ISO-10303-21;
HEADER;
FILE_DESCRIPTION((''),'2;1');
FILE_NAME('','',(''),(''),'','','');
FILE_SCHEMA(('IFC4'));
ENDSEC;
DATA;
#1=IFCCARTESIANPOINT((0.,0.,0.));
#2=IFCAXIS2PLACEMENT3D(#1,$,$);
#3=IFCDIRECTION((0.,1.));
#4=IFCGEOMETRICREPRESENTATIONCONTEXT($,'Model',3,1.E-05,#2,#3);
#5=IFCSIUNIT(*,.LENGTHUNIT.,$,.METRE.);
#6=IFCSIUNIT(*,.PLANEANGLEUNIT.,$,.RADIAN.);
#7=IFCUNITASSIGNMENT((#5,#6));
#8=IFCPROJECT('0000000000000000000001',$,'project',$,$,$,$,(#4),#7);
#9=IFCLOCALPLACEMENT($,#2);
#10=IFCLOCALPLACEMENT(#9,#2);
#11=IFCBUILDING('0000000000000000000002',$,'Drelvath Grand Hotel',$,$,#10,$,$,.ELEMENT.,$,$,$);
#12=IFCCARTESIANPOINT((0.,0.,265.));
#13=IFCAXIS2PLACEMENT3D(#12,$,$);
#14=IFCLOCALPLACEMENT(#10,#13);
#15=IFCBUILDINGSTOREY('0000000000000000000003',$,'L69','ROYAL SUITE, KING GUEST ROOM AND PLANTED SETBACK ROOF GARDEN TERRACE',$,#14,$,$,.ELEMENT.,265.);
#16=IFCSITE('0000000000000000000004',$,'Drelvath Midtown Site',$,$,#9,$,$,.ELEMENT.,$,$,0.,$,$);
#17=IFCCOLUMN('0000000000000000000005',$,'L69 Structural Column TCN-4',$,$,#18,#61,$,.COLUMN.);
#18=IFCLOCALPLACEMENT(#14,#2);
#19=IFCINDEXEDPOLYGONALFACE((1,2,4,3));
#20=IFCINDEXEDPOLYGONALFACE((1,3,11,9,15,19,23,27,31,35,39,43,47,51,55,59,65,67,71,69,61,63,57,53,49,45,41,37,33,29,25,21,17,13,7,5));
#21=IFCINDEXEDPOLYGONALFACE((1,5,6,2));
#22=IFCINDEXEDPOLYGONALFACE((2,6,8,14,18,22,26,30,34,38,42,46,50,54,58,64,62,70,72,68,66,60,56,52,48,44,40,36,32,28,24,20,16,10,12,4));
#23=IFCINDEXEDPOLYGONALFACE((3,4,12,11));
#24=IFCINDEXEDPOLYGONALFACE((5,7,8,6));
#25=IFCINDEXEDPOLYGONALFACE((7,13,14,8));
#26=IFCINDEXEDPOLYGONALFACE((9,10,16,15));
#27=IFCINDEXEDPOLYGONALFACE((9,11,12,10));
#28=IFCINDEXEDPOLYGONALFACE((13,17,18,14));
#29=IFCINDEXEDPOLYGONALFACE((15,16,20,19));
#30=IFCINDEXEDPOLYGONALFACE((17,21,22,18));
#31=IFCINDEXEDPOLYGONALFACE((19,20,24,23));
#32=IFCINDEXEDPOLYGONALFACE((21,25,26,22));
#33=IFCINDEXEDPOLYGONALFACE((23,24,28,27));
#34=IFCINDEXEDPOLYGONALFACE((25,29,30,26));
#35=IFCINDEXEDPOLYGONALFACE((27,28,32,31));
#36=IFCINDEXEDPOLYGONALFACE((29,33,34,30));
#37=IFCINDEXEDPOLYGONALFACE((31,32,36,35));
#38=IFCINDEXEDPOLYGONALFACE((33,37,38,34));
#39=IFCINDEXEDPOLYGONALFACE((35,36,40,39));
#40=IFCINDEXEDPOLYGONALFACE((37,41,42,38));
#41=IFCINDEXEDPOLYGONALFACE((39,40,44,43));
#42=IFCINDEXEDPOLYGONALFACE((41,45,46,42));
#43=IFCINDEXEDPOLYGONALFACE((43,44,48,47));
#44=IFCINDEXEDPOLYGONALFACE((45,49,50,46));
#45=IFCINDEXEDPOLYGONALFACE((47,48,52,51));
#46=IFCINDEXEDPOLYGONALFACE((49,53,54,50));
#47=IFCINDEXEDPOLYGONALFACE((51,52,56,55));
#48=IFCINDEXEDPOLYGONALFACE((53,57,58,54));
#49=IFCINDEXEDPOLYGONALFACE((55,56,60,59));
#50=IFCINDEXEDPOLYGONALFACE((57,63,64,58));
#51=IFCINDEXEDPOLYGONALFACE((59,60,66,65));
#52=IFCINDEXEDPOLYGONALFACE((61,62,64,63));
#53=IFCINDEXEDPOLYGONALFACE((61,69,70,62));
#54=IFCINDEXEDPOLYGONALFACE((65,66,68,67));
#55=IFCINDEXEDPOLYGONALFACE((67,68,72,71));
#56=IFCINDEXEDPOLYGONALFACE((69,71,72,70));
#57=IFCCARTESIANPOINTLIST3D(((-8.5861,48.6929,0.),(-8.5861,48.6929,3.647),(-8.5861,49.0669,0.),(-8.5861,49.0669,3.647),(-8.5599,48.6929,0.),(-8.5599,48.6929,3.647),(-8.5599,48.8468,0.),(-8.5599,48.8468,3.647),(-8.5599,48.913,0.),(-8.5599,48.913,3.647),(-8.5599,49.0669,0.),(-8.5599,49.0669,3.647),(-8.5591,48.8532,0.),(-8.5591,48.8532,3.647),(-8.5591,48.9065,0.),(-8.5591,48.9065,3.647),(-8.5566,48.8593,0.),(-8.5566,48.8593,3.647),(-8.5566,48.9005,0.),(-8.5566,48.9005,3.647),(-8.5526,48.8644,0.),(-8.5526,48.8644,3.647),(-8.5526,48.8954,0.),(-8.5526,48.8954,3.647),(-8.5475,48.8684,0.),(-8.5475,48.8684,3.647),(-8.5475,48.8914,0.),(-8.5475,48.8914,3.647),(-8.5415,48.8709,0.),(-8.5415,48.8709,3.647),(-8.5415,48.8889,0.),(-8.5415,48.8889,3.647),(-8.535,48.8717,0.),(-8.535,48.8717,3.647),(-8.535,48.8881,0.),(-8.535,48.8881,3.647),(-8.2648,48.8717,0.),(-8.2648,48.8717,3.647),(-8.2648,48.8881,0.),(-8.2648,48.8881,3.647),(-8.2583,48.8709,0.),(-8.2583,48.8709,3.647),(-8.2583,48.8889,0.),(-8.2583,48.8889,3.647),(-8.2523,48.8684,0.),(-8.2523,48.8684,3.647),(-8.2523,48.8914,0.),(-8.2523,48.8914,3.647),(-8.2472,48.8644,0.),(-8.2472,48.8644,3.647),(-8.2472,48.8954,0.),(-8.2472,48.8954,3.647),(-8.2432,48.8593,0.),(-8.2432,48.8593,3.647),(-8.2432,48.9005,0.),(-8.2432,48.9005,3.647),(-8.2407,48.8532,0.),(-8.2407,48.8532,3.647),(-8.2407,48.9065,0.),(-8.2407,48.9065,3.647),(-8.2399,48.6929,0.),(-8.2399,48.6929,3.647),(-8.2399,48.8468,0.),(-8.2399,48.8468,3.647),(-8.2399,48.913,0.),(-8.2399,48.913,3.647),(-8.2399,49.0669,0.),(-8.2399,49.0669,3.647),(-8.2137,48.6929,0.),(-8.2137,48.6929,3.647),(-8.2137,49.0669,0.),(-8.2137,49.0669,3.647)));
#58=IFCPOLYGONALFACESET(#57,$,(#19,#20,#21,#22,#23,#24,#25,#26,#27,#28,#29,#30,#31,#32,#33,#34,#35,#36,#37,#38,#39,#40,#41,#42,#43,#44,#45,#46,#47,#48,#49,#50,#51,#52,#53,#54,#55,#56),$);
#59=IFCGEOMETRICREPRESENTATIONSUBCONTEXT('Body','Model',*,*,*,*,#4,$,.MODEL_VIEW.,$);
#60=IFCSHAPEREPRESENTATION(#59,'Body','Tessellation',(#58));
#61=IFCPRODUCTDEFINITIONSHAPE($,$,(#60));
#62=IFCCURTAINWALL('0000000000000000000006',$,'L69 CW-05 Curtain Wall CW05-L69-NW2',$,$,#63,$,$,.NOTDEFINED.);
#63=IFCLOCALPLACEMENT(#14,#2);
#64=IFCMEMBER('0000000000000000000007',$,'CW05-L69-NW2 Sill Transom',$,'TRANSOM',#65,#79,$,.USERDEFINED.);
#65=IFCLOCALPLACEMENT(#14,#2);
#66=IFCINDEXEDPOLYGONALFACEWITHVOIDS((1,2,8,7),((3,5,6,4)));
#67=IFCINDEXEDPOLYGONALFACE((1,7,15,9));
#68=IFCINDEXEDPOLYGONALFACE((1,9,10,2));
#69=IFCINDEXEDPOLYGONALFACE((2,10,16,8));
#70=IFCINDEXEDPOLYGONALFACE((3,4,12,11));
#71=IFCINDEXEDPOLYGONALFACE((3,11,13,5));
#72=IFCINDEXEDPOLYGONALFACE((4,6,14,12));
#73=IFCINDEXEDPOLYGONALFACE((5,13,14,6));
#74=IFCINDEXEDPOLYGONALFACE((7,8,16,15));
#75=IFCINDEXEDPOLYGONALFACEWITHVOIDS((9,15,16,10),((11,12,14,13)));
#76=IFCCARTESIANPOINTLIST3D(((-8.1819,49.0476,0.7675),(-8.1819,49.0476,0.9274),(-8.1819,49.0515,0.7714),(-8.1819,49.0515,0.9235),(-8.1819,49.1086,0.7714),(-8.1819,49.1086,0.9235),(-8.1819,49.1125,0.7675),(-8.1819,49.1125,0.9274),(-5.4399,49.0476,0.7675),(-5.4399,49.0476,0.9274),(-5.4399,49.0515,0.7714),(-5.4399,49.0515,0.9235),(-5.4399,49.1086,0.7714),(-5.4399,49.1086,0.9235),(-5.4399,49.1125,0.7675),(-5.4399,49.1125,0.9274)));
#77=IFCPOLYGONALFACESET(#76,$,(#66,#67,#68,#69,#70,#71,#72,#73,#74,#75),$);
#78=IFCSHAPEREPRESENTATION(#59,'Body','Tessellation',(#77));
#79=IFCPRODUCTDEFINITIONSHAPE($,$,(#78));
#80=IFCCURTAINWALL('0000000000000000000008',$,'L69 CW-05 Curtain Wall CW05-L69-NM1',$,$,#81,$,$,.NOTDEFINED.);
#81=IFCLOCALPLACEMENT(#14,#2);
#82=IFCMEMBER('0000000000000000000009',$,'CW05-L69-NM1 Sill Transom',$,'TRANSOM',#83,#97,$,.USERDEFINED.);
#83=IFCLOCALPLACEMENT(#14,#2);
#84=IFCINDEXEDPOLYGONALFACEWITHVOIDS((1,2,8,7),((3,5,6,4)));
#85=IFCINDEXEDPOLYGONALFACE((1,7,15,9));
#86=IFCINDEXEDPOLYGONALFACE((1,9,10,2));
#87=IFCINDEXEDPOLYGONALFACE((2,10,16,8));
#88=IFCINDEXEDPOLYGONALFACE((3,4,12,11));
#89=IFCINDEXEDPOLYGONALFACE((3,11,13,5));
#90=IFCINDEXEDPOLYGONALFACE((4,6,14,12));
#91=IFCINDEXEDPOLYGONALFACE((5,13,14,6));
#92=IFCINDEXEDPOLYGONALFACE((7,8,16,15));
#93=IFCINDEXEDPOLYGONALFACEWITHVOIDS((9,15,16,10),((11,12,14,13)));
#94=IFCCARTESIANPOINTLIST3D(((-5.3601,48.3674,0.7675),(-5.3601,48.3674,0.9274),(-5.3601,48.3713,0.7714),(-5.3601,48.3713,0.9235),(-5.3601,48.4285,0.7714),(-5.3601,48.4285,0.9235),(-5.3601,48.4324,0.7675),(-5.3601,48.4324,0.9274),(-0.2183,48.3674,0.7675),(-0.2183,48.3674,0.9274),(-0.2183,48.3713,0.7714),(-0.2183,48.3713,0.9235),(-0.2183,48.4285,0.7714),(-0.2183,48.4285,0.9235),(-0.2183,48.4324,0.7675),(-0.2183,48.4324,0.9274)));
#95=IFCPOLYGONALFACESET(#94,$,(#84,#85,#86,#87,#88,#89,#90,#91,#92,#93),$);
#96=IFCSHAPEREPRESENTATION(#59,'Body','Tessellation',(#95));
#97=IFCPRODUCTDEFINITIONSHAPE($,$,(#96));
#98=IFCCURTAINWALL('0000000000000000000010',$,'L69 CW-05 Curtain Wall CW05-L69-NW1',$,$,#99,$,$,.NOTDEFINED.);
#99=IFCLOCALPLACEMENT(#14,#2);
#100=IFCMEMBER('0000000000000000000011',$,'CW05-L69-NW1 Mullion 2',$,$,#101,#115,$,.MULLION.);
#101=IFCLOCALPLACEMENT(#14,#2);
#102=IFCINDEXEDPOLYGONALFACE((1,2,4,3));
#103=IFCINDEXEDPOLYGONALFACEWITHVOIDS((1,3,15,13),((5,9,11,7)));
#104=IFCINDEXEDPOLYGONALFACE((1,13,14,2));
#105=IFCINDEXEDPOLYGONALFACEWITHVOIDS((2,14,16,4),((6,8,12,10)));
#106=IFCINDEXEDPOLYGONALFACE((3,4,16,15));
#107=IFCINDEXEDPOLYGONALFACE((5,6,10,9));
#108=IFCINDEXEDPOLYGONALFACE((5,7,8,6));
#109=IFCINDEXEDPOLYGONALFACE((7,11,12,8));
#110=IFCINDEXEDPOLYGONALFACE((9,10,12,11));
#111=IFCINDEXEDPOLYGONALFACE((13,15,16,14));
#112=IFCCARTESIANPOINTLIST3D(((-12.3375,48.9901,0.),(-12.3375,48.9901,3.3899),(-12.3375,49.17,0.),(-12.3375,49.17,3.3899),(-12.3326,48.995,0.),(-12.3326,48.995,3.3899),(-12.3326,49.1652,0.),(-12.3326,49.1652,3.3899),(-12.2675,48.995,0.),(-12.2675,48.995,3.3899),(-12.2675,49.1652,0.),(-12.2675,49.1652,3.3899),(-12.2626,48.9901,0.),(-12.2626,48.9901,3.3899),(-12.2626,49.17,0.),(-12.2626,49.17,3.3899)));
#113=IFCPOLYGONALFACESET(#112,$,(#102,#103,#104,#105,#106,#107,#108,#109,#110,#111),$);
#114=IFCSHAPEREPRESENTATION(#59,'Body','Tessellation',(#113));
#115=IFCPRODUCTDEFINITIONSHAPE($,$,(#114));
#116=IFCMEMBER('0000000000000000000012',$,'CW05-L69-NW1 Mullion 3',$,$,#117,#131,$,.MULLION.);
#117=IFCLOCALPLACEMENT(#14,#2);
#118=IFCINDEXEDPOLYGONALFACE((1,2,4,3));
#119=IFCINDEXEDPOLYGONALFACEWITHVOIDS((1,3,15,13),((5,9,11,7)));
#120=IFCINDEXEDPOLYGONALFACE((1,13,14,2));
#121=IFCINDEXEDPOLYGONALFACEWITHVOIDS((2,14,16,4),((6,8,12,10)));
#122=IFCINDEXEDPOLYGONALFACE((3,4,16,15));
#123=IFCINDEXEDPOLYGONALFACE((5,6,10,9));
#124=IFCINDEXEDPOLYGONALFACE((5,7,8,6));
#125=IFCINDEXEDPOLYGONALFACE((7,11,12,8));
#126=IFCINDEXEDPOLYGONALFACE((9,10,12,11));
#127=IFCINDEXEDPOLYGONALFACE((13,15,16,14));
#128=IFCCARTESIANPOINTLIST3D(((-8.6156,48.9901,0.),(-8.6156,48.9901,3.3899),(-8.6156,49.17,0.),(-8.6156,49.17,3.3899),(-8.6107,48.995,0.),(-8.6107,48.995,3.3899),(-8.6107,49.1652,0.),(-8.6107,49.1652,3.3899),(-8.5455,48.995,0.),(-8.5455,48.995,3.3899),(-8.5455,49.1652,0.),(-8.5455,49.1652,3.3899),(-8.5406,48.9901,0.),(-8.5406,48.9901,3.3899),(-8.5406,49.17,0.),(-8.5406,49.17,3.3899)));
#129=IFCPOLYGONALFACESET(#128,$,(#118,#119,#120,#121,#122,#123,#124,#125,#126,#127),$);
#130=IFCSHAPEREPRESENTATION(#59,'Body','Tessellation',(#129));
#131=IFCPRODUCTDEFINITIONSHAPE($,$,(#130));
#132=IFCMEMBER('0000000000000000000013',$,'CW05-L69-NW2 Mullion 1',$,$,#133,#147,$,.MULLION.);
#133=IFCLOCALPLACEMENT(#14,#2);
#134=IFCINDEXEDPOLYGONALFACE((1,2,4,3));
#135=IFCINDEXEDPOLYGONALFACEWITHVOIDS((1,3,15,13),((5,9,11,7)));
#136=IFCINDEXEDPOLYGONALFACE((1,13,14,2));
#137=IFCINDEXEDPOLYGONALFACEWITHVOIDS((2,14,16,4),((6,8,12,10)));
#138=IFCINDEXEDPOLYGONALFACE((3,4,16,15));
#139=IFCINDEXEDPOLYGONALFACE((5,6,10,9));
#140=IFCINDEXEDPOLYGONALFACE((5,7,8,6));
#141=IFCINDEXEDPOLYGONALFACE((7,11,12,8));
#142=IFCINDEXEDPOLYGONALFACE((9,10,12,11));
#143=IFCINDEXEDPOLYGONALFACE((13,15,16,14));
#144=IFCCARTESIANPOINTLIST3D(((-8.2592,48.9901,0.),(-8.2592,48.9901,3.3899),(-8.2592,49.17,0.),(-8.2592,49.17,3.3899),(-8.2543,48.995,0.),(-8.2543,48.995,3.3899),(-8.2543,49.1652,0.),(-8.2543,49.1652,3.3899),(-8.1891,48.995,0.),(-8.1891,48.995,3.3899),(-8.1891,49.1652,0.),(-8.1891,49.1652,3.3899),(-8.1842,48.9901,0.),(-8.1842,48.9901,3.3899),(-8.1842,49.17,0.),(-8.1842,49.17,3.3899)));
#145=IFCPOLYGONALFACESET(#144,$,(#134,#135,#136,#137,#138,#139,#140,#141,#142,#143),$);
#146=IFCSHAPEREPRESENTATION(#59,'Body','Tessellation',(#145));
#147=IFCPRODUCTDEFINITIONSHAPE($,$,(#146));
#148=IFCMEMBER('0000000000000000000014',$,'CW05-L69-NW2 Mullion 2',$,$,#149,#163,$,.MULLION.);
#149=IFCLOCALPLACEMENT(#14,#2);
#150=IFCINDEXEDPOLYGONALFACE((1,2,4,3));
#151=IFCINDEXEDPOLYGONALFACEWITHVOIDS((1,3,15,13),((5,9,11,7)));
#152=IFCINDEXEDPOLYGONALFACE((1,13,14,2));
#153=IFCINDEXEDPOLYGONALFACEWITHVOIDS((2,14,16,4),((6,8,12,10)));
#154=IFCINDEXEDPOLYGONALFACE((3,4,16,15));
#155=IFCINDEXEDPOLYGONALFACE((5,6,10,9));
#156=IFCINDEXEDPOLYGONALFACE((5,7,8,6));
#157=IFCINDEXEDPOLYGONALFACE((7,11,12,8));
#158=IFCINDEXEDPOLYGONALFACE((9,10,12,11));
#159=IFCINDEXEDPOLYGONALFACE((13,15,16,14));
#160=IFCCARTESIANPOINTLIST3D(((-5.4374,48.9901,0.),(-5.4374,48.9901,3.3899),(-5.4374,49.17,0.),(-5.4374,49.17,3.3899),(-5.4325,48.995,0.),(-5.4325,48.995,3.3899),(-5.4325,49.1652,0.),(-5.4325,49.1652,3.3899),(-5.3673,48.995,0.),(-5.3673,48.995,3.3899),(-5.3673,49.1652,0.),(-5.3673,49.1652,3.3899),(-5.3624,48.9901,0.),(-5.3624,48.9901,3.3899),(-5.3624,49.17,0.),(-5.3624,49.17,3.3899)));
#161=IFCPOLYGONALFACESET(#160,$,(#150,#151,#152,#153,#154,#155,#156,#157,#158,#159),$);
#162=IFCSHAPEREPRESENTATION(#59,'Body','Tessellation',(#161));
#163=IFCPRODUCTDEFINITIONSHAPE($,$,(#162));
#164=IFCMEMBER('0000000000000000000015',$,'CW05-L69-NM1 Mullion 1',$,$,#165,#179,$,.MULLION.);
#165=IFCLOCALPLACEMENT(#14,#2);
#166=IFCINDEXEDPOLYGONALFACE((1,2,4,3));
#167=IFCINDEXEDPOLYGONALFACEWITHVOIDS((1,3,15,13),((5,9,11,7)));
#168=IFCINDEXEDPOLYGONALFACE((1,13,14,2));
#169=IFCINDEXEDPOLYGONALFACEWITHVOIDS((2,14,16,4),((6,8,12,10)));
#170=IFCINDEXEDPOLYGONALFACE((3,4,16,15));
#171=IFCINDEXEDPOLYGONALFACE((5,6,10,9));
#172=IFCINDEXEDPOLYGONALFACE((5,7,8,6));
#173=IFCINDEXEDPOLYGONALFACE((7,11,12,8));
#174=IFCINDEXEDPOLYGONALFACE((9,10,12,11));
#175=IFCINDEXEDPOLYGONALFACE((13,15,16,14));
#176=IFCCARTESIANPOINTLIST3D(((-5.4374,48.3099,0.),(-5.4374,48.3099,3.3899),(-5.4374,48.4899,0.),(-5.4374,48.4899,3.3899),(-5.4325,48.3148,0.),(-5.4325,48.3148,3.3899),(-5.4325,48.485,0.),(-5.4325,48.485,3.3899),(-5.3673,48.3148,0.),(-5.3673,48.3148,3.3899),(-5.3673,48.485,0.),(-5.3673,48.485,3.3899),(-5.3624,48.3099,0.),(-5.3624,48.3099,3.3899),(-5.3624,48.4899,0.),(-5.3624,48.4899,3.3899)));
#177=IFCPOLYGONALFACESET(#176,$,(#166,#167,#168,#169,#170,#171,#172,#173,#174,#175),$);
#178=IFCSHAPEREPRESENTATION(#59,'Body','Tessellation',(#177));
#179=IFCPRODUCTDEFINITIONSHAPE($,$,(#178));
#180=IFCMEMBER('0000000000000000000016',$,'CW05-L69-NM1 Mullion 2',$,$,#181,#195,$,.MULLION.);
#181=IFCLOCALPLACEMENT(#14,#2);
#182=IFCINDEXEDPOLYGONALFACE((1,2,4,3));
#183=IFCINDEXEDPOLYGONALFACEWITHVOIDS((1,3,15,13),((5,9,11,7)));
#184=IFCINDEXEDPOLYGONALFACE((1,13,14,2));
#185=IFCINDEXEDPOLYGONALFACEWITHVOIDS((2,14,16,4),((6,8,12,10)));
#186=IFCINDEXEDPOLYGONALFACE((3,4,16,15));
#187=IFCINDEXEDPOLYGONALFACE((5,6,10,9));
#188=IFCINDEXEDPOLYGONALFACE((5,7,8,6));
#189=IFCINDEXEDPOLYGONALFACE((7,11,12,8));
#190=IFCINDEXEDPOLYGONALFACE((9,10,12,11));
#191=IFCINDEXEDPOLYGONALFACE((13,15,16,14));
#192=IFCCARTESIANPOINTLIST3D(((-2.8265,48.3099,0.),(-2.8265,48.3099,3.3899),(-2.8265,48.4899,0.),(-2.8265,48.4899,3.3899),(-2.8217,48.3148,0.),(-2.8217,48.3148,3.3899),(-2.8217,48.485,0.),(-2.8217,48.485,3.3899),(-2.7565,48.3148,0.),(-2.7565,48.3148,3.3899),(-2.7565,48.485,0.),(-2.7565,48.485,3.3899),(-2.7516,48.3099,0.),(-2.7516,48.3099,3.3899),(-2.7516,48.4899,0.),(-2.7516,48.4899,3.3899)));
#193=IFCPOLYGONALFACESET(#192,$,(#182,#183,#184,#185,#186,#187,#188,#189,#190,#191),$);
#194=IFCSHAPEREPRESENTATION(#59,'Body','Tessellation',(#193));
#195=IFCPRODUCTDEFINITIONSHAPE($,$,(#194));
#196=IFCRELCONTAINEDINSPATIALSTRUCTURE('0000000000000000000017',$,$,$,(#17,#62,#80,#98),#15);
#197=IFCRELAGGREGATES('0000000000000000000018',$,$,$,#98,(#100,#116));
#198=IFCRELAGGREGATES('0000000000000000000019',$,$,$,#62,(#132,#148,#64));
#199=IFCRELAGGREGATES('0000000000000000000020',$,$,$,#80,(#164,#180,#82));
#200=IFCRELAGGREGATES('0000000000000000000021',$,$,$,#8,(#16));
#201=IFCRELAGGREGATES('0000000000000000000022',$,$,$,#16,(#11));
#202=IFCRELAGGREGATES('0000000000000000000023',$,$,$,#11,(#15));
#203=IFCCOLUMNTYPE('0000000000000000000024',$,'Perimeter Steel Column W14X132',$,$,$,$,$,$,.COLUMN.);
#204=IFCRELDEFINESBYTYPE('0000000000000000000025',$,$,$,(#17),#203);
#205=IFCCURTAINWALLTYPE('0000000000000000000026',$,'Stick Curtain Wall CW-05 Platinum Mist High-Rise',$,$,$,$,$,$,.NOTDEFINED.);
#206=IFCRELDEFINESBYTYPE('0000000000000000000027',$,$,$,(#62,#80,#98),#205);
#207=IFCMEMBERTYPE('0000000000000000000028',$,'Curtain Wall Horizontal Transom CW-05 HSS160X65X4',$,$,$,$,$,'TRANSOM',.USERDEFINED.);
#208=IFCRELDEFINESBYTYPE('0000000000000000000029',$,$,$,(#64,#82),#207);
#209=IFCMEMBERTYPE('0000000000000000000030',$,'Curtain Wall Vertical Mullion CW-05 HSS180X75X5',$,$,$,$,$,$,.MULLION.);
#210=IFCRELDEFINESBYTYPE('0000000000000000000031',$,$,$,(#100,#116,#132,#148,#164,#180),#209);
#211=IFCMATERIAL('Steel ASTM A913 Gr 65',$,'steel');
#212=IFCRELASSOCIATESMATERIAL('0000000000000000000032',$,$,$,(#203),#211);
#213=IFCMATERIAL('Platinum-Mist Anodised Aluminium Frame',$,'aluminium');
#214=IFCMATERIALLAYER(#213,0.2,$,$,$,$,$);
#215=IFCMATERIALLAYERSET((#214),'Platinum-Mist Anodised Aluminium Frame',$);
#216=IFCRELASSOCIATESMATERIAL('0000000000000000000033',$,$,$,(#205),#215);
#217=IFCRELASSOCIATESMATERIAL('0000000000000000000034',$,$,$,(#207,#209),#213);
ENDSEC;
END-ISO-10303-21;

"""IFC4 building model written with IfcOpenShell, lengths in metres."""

from ifc_helpers import new_model, si_unit, direction, frame, origin, origin_2d, place, context, subcontext, project, spatial, hollow_rectangle, i_section, extrude, material, layer, layer_set, material_profile, profile_set, type_object, element, aggregate, save


model = new_model("IFC4")

# Units and contexts
model_context = context("Model", 3, precision=1e-05, world=origin(), true_north=direction((0.0, 1.0)))
body_context = subcontext(model_context, "Body", "Model", "MODEL_VIEW")
ifc_project = project(units=[si_unit("LENGTHUNIT", "METRE"), si_unit("PLANEANGLEUNIT", "RADIAN")], contexts=[model_context])

# Site, building, storey
site_placement = place(None, origin())
site = spatial("IfcSite", under=ifc_project, at=site_placement, Name="Drelvath Midtown Site", CompositionType="ELEMENT", RefElevation=0.0)
building_placement = place(site_placement, origin())
building = spatial("IfcBuilding", under=site, at=building_placement, Name="Drelvath Grand Hotel", CompositionType="ELEMENT")
storey_placement = place(building_placement, frame((0.0, 0.0, 265.0)))
storey = spatial("IfcBuildingStorey", under=building, at=storey_placement, Name="L69", Description="ROYAL SUITE, KING GUEST ROOM AND PLANTED SETBACK ROOF GARDEN TERRACE", CompositionType="ELEMENT", Elevation=265.0)

# Column
ifc_material_1 = material(Name="Steel ASTM A913 Gr 65", Category="steel")
ifc_material_profile_1 = material_profile(ifc_material_1, i_section(OverallWidth=0.374, OverallDepth=0.3723, WebThickness=0.0164, FlangeThickness=0.0261, FilletRadius=0.0249, at=origin_2d()), Name="W14X132")
ifc_profile_set_1 = profile_set([ifc_material_profile_1], Name="Steel ASTM A913 Gr 65")
column_type = type_object("IfcColumnType", Name="Perimeter Steel Column W14X132", PredefinedType="COLUMN", material=ifc_profile_set_1)
column_placement = place(storey_placement, frame((-8.3999, 48.8799, 0.0), z_axis=(0.0, 0.0, 1.0), x_axis=(0.0, 1.0, 0.0)))
element("IfcColumn", 1, at=column_placement, inside=storey, type_object=column_type, Name="L69 Structural Column TCN-4", PredefinedType="COLUMN", context=body_context, shape_type="SweptSolid", body=[
    extrude(i_section(OverallWidth=0.374, OverallDepth=0.3723, WebThickness=0.0164, FlangeThickness=0.0261, FilletRadius=0.0249, at=origin_2d()), origin(), (0.0, 0.0, 1.0), 3.647),
])

# Curtain walls, members
ifc_material_2 = material(Name="Platinum-Mist Anodised Aluminium Frame", Category="aluminium")
ifc_layer_1 = layer(ifc_material_2, 0.2)
ifc_layer_set_1 = layer_set([ifc_layer_1], Name="Platinum-Mist Anodised Aluminium Frame")
curtain_wall_type = type_object("IfcCurtainWallType", Name="Stick Curtain Wall CW-05 Platinum Mist High-Rise", PredefinedType="NOTDEFINED", material=ifc_layer_set_1)
curtain_wall_1_placement = place(storey_placement, origin())
curtain_wall_1 = element("IfcCurtainWall", 2, at=curtain_wall_1_placement, inside=storey, type_object=curtain_wall_type, Name="L69 CW-05 Curtain Wall CW05-L69-NW2", PredefinedType="NOTDEFINED")
ifc_material_profile_2 = material_profile(ifc_material_2, hollow_rectangle(XDim=0.0649, YDim=0.1599, WallThickness=0.0039, at=origin_2d()), Name="HSS160X65X4")
ifc_profile_set_2 = profile_set([ifc_material_profile_2], Name="Platinum-Mist Anodised Aluminium Frame")
member_type_1 = type_object("IfcMemberType", Name="Curtain Wall Horizontal Transom CW-05 HSS160X65X4", ElementType="TRANSOM", PredefinedType="USERDEFINED", material=ifc_profile_set_2)
member_1_placement = place(storey_placement, frame((-8.1819, 49.0801, 0.8474), z_axis=(1.0, 0.0, 0.0), x_axis=(0.0, 1.0, 0.0)))
member_1 = element("IfcMember", 3, at=member_1_placement, type_object=member_type_1, Name="CW05-L69-NW2 Sill Transom", ObjectType="TRANSOM", PredefinedType="USERDEFINED", context=body_context, shape_type="SweptSolid", body=[
    extrude(hollow_rectangle(XDim=0.0649, YDim=0.1599, WallThickness=0.0039, at=origin_2d()), origin(), (0.0, 0.0, 1.0), 2.7419),
])
curtain_wall_2_placement = place(storey_placement, origin())
curtain_wall_2 = element("IfcCurtainWall", 4, at=curtain_wall_2_placement, inside=storey, type_object=curtain_wall_type, Name="L69 CW-05 Curtain Wall CW05-L69-NM1", PredefinedType="NOTDEFINED")
member_2_placement = place(storey_placement, frame((-5.3601, 48.3999, 0.8474), z_axis=(1.0, 0.0, 0.0), x_axis=(0.0, 1.0, 0.0)))
member_2 = element("IfcMember", 5, at=member_2_placement, type_object=member_type_1, Name="CW05-L69-NM1 Sill Transom", ObjectType="TRANSOM", PredefinedType="USERDEFINED", context=body_context, shape_type="SweptSolid", body=[
    extrude(hollow_rectangle(XDim=0.0649, YDim=0.1599, WallThickness=0.0039, at=origin_2d()), origin(), (0.0, 0.0, 1.0), 5.1418),
])

# Curtain wall, members
curtain_wall_3_placement = place(storey_placement, origin())
curtain_wall_3 = element("IfcCurtainWall", 6, at=curtain_wall_3_placement, inside=storey, type_object=curtain_wall_type, Name="L69 CW-05 Curtain Wall CW05-L69-NW1", PredefinedType="NOTDEFINED")
ifc_material_profile_3 = material_profile(ifc_material_2, hollow_rectangle(XDim=0.075, YDim=0.1799, WallThickness=0.0049, at=origin_2d()), Name="HSS180X75X5")
ifc_profile_set_3 = profile_set([ifc_material_profile_3], Name="Platinum-Mist Anodised Aluminium Frame")
member_type_2 = type_object("IfcMemberType", Name="Curtain Wall Vertical Mullion CW-05 HSS180X75X5", PredefinedType="MULLION", material=ifc_profile_set_3)
member_3_placement = place(storey_placement, frame((-12.3, 49.0801, 0.0), z_axis=(0.0, 0.0, 1.0), x_axis=(1.0, 0.0, 0.0)))
member_3 = element("IfcMember", 7, at=member_3_placement, type_object=member_type_2, Name="CW05-L69-NW1 Mullion 2", PredefinedType="MULLION", context=body_context, shape_type="SweptSolid", body=[
    extrude(hollow_rectangle(XDim=0.075, YDim=0.1799, WallThickness=0.0049, at=origin_2d()), origin(), (0.0, 0.0, 1.0), 3.3899),
])
member_4_placement = place(storey_placement, frame((-8.5781, 49.0801, 0.0), z_axis=(0.0, 0.0, 1.0), x_axis=(1.0, 0.0, 0.0)))
member_4 = element("IfcMember", 8, at=member_4_placement, type_object=member_type_2, Name="CW05-L69-NW1 Mullion 3", PredefinedType="MULLION", context=body_context, shape_type="SweptSolid", body=[
    extrude(hollow_rectangle(XDim=0.075, YDim=0.1799, WallThickness=0.0049, at=origin_2d()), origin(), (0.0, 0.0, 1.0), 3.3899),
])

# Members
member_5_placement = place(storey_placement, frame((-8.2217, 49.0801, 0.0), z_axis=(0.0, 0.0, 1.0), x_axis=(1.0, 0.0, 0.0)))
member_5 = element("IfcMember", 9, at=member_5_placement, type_object=member_type_2, Name="CW05-L69-NW2 Mullion 1", PredefinedType="MULLION", context=body_context, shape_type="SweptSolid", body=[
    extrude(hollow_rectangle(XDim=0.075, YDim=0.1799, WallThickness=0.0049, at=origin_2d()), origin(), (0.0, 0.0, 1.0), 3.3899),
])
member_6_placement = place(storey_placement, frame((-5.3999, 49.0801, 0.0), z_axis=(0.0, 0.0, 1.0), x_axis=(1.0, 0.0, 0.0)))
member_6 = element("IfcMember", 10, at=member_6_placement, type_object=member_type_2, Name="CW05-L69-NW2 Mullion 2", PredefinedType="MULLION", context=body_context, shape_type="SweptSolid", body=[
    extrude(hollow_rectangle(XDim=0.075, YDim=0.1799, WallThickness=0.0049, at=origin_2d()), origin(), (0.0, 0.0, 1.0), 3.3899),
])
member_7_placement = place(storey_placement, frame((-5.3999, 48.3999, 0.0), z_axis=(0.0, 0.0, 1.0), x_axis=(1.0, 0.0, 0.0)))
member_7 = element("IfcMember", 11, at=member_7_placement, type_object=member_type_2, Name="CW05-L69-NM1 Mullion 1", PredefinedType="MULLION", context=body_context, shape_type="SweptSolid", body=[
    extrude(hollow_rectangle(XDim=0.075, YDim=0.1799, WallThickness=0.0049, at=origin_2d()), origin(), (0.0, 0.0, 1.0), 3.3899),
])
member_8_placement = place(storey_placement, frame((-2.7891, 48.3999, 0.0), z_axis=(0.0, 0.0, 1.0), x_axis=(1.0, 0.0, 0.0)))
member_8 = element("IfcMember", 12, at=member_8_placement, type_object=member_type_2, Name="CW05-L69-NM1 Mullion 2", PredefinedType="MULLION", context=body_context, shape_type="SweptSolid", body=[
    extrude(hollow_rectangle(XDim=0.075, YDim=0.1799, WallThickness=0.0049, at=origin_2d()), origin(), (0.0, 0.0, 1.0), 3.3899),
])

aggregate(curtain_wall_3, [member_3, member_4])
aggregate(curtain_wall_1, [member_5, member_6, member_1])
aggregate(curtain_wall_2, [member_7, member_8, member_2])

save(model, "model.ifc")
